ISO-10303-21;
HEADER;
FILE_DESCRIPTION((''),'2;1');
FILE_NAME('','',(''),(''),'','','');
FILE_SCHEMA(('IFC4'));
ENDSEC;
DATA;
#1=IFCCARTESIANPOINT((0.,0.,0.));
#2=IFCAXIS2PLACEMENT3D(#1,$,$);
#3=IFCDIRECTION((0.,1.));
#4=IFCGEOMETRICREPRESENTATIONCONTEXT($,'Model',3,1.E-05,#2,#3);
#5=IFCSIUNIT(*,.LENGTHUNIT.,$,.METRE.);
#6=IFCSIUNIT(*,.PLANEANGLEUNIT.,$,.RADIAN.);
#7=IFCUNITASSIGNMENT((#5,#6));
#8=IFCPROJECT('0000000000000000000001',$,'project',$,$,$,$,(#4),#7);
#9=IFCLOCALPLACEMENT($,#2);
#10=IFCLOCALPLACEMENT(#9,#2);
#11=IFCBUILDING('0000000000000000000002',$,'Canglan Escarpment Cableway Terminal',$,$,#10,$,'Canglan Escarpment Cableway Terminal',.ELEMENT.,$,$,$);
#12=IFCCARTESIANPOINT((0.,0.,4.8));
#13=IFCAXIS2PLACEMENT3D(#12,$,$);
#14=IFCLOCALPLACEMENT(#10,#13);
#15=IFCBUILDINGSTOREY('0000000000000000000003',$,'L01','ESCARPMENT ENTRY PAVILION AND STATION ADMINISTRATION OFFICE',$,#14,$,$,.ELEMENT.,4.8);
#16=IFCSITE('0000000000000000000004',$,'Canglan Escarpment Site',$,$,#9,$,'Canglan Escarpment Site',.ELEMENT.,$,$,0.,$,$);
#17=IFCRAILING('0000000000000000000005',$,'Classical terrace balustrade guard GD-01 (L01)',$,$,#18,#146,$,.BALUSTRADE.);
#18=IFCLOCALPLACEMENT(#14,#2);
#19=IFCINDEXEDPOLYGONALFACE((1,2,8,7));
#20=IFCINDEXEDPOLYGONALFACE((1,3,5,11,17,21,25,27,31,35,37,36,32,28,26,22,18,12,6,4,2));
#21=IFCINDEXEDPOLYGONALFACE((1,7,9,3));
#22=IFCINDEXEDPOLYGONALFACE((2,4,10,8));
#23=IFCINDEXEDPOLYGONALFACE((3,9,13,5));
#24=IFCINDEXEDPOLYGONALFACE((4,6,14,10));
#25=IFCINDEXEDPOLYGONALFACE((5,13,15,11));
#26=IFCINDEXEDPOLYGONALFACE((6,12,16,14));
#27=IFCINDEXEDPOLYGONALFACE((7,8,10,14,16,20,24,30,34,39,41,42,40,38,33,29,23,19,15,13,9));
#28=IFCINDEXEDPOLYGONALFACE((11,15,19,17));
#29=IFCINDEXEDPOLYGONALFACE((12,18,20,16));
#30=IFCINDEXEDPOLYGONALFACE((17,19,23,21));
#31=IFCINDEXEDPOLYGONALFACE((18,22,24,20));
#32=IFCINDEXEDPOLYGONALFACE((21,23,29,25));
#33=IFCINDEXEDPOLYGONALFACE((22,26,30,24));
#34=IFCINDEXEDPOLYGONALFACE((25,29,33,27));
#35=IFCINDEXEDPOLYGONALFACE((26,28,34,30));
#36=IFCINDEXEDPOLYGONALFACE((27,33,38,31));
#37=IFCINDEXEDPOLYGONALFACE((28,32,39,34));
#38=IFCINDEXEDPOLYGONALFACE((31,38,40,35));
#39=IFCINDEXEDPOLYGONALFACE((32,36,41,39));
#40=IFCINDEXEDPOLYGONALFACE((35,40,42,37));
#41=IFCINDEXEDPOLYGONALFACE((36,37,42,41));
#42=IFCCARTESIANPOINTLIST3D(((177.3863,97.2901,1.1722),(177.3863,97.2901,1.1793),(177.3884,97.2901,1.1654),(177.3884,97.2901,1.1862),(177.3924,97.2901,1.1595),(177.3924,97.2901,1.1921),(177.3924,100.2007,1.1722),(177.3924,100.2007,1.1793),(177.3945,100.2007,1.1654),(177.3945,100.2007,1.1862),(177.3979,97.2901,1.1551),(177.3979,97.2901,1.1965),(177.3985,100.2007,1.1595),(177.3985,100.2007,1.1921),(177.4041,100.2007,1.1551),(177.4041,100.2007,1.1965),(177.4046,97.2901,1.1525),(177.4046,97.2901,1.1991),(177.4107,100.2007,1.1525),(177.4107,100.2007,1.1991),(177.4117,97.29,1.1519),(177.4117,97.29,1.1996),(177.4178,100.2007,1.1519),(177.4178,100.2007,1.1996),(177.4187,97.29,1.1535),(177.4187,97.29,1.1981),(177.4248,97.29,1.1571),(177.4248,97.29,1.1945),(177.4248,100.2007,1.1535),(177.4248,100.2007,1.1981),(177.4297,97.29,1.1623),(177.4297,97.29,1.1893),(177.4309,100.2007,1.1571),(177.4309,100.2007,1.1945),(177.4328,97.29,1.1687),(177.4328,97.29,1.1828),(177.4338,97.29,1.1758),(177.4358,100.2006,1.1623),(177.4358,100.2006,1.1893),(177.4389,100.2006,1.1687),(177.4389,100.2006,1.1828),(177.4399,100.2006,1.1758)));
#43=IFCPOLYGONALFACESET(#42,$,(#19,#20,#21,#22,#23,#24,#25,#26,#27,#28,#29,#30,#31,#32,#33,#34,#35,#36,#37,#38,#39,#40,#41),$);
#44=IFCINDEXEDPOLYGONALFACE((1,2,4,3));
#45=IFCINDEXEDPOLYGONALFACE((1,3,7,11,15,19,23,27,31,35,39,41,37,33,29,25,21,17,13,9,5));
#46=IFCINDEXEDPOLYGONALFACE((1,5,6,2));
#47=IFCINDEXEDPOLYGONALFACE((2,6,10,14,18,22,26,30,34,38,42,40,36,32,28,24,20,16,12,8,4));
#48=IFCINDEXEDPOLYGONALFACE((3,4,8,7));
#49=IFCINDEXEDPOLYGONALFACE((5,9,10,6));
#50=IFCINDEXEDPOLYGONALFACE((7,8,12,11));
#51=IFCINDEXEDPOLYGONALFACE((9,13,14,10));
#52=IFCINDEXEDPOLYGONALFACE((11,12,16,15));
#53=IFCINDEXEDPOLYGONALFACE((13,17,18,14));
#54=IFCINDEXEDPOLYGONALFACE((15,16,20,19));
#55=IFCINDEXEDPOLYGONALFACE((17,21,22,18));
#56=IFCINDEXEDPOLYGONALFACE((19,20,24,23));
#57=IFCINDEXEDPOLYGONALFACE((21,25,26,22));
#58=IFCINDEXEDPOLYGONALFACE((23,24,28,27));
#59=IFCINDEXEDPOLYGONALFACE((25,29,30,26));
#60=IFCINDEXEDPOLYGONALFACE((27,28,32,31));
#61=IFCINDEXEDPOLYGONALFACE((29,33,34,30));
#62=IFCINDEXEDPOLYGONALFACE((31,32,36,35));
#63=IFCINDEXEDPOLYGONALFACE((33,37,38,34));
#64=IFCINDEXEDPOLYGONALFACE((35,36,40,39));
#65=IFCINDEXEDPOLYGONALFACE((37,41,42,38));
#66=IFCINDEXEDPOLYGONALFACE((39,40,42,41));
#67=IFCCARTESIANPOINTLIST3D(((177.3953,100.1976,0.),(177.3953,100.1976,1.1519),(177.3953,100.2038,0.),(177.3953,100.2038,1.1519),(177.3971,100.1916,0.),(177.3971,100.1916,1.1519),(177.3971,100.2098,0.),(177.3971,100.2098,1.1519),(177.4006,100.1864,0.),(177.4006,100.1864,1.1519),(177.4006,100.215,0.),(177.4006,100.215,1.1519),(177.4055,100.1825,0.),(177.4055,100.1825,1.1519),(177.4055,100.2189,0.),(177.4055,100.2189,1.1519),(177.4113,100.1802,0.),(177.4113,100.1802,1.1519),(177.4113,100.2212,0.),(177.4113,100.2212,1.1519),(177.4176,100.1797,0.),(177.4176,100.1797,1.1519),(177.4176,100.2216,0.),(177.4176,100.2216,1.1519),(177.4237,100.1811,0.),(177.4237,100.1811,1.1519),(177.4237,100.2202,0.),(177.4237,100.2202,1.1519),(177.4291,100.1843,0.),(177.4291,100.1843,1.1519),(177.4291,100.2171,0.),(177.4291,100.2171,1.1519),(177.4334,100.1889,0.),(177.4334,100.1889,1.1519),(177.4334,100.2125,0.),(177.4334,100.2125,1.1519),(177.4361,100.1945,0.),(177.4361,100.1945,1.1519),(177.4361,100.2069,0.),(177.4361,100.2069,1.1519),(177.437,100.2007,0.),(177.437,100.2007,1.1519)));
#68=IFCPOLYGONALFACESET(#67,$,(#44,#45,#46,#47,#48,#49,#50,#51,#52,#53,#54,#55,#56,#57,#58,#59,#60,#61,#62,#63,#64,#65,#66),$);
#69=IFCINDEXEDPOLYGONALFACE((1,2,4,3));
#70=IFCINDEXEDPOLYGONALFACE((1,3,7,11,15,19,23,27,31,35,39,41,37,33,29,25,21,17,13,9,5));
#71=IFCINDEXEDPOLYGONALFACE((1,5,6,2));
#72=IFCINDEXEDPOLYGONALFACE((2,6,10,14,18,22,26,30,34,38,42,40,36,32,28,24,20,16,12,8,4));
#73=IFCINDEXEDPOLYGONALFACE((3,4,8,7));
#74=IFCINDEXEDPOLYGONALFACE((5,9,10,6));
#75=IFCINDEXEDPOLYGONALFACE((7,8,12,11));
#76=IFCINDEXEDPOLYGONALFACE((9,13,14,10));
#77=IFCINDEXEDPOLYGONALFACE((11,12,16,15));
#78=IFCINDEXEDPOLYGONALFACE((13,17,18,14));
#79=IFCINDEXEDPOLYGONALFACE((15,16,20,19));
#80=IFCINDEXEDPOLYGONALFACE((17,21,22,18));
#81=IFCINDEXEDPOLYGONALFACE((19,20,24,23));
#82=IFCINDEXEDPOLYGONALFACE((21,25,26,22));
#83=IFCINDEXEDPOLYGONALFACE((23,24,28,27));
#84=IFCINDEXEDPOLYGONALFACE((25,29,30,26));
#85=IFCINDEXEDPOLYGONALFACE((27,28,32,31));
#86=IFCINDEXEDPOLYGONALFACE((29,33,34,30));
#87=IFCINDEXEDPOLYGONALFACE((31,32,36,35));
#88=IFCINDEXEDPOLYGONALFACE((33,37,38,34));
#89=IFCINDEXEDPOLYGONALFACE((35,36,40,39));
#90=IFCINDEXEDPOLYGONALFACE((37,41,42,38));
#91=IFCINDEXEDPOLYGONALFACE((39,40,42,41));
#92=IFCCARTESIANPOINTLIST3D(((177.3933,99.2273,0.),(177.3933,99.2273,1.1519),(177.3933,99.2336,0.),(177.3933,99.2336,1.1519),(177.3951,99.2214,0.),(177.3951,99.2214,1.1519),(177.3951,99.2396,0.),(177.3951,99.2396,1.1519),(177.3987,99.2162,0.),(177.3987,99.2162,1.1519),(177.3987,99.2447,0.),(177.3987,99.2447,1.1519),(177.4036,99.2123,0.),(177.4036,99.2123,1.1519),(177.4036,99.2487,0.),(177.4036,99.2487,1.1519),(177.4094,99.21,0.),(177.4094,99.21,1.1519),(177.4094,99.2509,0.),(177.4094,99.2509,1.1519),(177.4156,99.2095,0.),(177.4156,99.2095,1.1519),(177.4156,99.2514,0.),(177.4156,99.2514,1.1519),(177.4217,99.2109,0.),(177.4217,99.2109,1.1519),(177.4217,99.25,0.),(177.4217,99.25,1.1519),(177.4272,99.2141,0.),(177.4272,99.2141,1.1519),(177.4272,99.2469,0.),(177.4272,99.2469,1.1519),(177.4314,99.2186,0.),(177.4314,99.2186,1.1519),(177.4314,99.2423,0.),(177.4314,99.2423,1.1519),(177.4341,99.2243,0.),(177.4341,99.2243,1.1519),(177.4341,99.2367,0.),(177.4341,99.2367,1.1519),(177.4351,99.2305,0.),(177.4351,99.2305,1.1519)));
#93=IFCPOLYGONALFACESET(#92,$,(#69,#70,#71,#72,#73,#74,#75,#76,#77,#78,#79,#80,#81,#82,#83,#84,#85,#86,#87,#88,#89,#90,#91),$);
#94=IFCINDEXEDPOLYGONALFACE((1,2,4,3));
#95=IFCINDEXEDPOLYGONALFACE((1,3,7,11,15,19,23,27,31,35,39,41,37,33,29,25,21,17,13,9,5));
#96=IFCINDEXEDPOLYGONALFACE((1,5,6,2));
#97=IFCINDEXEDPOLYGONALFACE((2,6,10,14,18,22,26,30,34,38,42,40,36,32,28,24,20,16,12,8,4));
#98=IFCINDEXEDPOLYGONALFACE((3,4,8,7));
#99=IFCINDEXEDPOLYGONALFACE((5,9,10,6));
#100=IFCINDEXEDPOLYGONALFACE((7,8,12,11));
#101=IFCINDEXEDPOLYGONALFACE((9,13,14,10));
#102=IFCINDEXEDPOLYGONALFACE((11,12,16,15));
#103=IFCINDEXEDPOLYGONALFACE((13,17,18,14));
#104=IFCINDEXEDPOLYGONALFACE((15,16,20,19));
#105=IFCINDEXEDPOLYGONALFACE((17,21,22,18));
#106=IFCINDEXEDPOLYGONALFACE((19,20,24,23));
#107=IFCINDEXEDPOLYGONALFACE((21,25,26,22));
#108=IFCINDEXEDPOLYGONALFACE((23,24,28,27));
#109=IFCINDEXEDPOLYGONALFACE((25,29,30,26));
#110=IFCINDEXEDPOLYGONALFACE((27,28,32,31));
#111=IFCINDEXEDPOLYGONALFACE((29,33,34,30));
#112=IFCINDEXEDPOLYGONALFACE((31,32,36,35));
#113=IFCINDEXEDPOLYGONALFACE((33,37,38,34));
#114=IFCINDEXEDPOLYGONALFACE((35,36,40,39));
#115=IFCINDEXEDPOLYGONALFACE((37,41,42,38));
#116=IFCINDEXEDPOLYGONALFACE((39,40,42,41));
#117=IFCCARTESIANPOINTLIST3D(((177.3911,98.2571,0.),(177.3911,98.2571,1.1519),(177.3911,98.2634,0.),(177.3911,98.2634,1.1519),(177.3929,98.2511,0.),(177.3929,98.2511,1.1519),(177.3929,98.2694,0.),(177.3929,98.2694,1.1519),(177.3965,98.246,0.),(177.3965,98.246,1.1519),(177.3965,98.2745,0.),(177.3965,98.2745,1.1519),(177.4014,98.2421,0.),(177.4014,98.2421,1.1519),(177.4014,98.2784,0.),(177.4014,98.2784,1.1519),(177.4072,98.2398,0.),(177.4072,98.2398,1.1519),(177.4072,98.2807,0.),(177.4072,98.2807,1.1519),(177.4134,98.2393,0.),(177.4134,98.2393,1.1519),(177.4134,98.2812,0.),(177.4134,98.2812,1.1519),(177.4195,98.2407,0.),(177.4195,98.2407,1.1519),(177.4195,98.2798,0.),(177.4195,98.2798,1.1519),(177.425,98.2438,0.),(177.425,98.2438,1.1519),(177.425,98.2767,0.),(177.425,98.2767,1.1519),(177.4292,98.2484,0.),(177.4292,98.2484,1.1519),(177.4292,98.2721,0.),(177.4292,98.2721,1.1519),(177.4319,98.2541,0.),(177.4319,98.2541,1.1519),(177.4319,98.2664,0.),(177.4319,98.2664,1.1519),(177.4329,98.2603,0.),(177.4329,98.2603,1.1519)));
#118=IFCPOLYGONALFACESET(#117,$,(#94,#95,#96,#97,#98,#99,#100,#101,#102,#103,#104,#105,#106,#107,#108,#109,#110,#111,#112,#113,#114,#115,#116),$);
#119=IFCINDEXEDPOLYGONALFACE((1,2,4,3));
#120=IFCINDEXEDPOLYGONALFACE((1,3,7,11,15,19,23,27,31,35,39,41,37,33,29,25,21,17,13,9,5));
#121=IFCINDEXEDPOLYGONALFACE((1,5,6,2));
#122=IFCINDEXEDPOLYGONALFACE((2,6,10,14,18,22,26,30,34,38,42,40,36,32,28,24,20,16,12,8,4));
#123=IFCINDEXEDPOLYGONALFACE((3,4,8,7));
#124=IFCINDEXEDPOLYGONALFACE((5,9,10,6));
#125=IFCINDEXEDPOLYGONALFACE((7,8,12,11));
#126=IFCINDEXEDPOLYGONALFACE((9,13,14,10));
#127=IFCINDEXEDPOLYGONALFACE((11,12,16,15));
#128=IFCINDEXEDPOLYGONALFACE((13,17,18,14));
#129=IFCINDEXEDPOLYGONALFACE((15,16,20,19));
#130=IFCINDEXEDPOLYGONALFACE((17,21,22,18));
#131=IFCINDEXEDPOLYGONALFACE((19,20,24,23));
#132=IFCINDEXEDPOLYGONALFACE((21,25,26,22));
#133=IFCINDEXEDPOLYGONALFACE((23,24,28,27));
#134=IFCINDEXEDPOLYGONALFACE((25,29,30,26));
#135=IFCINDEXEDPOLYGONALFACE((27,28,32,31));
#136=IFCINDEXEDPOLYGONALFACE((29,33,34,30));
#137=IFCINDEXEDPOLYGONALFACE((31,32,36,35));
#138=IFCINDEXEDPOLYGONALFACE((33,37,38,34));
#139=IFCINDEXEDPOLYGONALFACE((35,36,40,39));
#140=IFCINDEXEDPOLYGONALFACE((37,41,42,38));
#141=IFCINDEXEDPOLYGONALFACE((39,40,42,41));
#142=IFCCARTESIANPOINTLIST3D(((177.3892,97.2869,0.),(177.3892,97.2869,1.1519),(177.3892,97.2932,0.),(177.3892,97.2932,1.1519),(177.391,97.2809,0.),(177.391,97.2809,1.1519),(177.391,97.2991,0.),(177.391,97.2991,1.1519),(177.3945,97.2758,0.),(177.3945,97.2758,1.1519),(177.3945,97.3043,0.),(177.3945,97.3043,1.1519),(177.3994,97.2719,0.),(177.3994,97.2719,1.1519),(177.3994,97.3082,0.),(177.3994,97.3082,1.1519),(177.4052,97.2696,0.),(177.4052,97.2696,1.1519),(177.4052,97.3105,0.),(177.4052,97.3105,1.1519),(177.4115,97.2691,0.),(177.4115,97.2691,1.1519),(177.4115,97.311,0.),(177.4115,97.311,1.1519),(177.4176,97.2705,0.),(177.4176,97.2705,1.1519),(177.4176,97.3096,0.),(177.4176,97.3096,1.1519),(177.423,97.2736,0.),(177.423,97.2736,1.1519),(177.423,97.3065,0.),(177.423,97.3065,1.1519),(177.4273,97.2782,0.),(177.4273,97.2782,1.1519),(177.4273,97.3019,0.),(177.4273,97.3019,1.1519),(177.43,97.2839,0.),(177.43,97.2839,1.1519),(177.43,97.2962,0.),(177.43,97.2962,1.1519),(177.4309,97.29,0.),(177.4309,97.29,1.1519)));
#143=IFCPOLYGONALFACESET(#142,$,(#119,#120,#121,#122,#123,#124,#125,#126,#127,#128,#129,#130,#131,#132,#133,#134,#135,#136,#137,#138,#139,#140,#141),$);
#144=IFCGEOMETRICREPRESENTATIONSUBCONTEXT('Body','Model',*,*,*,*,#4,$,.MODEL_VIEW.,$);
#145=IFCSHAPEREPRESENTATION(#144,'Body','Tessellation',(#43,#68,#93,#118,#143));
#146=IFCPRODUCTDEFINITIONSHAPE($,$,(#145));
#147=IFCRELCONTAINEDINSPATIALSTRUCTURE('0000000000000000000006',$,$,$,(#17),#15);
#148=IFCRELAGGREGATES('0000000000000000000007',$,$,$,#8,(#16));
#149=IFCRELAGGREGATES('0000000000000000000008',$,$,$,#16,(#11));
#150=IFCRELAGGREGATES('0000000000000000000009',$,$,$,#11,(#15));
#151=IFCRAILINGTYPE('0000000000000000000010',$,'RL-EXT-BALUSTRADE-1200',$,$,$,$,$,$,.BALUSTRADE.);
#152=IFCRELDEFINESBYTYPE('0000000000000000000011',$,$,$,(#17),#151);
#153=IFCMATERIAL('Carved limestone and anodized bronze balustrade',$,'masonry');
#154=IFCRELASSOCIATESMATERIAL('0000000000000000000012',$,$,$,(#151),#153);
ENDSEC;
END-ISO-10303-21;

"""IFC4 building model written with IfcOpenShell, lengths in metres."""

from ifc_helpers import new_model, si_unit, direction, frame, origin, origin_2d, place, context, subcontext, project, spatial, circle, extrude, material, type_object, element, save


model = new_model("IFC4")

# Units and contexts
model_context = context("Model", 3, precision=1e-05, world=origin(), true_north=direction((0.0, 1.0)))
body_context = subcontext(model_context, "Body", "Model", "MODEL_VIEW")
ifc_project = project(units=[si_unit("LENGTHUNIT", "METRE"), si_unit("PLANEANGLEUNIT", "RADIAN")], contexts=[model_context])

# Site, building, storey
site_placement = place(None, origin())
site = spatial("IfcSite", under=ifc_project, at=site_placement, Name="Canglan Escarpment Site", LongName="Canglan Escarpment Site", CompositionType="ELEMENT", RefElevation=0.0)
building_placement = place(site_placement, origin())
building = spatial("IfcBuilding", under=site, at=building_placement, Name="Canglan Escarpment Cableway Terminal", LongName="Canglan Escarpment Cableway Terminal", CompositionType="ELEMENT")
storey_placement = place(building_placement, frame((0.0, 0.0, 4.8)))
storey = spatial("IfcBuildingStorey", under=building, at=storey_placement, Name="L01", Description="ESCARPMENT ENTRY PAVILION AND STATION ADMINISTRATION OFFICE", CompositionType="ELEMENT", Elevation=4.8)

# Railing
ifc_material_1 = material(Name="Carved limestone and anodized bronze balustrade", Category="masonry")
railing_type = type_object("IfcRailingType", Name="RL-EXT-BALUSTRADE-1200", PredefinedType="BALUSTRADE", material=ifc_material_1)
railing_1_placement = place(storey_placement, frame((177.416, 100.2007, 0.0)))
element("IfcRailing", 1, at=railing_1_placement, inside=storey, type_object=railing_type, Name="Classical terrace balustrade guard GD-01 (L01)", PredefinedType="BALUSTRADE", context=body_context, shape_type="SweptSolid", body=[
    extrude(circle(Radius=0.0239, at=origin_2d()), frame((0.0, 0.0, 1.1758), z_axis=(-0.002097, -0.999998, 0.0), x_axis=(0.999998, -0.002097, 0.0)), (0.0, 0.0, 1.0), 2.9106),
    extrude(circle(Radius=0.021, at=origin_2d()), origin(), (0.0, 0.0, 1.0), 1.1519),
    extrude(circle(Radius=0.021, at=origin_2d()), frame((-0.002, -0.9702, 0.0)), (0.0, 0.0, 1.0), 1.1519),
    extrude(circle(Radius=0.021, at=origin_2d()), frame((-0.0042, -1.9404, 0.0)), (0.0, 0.0, 1.0), 1.1519),
    extrude(circle(Radius=0.021, at=origin_2d()), frame((-0.0061, -2.9106, 0.0)), (0.0, 0.0, 1.0), 1.1519),
])

save(model, "model.ifc")
